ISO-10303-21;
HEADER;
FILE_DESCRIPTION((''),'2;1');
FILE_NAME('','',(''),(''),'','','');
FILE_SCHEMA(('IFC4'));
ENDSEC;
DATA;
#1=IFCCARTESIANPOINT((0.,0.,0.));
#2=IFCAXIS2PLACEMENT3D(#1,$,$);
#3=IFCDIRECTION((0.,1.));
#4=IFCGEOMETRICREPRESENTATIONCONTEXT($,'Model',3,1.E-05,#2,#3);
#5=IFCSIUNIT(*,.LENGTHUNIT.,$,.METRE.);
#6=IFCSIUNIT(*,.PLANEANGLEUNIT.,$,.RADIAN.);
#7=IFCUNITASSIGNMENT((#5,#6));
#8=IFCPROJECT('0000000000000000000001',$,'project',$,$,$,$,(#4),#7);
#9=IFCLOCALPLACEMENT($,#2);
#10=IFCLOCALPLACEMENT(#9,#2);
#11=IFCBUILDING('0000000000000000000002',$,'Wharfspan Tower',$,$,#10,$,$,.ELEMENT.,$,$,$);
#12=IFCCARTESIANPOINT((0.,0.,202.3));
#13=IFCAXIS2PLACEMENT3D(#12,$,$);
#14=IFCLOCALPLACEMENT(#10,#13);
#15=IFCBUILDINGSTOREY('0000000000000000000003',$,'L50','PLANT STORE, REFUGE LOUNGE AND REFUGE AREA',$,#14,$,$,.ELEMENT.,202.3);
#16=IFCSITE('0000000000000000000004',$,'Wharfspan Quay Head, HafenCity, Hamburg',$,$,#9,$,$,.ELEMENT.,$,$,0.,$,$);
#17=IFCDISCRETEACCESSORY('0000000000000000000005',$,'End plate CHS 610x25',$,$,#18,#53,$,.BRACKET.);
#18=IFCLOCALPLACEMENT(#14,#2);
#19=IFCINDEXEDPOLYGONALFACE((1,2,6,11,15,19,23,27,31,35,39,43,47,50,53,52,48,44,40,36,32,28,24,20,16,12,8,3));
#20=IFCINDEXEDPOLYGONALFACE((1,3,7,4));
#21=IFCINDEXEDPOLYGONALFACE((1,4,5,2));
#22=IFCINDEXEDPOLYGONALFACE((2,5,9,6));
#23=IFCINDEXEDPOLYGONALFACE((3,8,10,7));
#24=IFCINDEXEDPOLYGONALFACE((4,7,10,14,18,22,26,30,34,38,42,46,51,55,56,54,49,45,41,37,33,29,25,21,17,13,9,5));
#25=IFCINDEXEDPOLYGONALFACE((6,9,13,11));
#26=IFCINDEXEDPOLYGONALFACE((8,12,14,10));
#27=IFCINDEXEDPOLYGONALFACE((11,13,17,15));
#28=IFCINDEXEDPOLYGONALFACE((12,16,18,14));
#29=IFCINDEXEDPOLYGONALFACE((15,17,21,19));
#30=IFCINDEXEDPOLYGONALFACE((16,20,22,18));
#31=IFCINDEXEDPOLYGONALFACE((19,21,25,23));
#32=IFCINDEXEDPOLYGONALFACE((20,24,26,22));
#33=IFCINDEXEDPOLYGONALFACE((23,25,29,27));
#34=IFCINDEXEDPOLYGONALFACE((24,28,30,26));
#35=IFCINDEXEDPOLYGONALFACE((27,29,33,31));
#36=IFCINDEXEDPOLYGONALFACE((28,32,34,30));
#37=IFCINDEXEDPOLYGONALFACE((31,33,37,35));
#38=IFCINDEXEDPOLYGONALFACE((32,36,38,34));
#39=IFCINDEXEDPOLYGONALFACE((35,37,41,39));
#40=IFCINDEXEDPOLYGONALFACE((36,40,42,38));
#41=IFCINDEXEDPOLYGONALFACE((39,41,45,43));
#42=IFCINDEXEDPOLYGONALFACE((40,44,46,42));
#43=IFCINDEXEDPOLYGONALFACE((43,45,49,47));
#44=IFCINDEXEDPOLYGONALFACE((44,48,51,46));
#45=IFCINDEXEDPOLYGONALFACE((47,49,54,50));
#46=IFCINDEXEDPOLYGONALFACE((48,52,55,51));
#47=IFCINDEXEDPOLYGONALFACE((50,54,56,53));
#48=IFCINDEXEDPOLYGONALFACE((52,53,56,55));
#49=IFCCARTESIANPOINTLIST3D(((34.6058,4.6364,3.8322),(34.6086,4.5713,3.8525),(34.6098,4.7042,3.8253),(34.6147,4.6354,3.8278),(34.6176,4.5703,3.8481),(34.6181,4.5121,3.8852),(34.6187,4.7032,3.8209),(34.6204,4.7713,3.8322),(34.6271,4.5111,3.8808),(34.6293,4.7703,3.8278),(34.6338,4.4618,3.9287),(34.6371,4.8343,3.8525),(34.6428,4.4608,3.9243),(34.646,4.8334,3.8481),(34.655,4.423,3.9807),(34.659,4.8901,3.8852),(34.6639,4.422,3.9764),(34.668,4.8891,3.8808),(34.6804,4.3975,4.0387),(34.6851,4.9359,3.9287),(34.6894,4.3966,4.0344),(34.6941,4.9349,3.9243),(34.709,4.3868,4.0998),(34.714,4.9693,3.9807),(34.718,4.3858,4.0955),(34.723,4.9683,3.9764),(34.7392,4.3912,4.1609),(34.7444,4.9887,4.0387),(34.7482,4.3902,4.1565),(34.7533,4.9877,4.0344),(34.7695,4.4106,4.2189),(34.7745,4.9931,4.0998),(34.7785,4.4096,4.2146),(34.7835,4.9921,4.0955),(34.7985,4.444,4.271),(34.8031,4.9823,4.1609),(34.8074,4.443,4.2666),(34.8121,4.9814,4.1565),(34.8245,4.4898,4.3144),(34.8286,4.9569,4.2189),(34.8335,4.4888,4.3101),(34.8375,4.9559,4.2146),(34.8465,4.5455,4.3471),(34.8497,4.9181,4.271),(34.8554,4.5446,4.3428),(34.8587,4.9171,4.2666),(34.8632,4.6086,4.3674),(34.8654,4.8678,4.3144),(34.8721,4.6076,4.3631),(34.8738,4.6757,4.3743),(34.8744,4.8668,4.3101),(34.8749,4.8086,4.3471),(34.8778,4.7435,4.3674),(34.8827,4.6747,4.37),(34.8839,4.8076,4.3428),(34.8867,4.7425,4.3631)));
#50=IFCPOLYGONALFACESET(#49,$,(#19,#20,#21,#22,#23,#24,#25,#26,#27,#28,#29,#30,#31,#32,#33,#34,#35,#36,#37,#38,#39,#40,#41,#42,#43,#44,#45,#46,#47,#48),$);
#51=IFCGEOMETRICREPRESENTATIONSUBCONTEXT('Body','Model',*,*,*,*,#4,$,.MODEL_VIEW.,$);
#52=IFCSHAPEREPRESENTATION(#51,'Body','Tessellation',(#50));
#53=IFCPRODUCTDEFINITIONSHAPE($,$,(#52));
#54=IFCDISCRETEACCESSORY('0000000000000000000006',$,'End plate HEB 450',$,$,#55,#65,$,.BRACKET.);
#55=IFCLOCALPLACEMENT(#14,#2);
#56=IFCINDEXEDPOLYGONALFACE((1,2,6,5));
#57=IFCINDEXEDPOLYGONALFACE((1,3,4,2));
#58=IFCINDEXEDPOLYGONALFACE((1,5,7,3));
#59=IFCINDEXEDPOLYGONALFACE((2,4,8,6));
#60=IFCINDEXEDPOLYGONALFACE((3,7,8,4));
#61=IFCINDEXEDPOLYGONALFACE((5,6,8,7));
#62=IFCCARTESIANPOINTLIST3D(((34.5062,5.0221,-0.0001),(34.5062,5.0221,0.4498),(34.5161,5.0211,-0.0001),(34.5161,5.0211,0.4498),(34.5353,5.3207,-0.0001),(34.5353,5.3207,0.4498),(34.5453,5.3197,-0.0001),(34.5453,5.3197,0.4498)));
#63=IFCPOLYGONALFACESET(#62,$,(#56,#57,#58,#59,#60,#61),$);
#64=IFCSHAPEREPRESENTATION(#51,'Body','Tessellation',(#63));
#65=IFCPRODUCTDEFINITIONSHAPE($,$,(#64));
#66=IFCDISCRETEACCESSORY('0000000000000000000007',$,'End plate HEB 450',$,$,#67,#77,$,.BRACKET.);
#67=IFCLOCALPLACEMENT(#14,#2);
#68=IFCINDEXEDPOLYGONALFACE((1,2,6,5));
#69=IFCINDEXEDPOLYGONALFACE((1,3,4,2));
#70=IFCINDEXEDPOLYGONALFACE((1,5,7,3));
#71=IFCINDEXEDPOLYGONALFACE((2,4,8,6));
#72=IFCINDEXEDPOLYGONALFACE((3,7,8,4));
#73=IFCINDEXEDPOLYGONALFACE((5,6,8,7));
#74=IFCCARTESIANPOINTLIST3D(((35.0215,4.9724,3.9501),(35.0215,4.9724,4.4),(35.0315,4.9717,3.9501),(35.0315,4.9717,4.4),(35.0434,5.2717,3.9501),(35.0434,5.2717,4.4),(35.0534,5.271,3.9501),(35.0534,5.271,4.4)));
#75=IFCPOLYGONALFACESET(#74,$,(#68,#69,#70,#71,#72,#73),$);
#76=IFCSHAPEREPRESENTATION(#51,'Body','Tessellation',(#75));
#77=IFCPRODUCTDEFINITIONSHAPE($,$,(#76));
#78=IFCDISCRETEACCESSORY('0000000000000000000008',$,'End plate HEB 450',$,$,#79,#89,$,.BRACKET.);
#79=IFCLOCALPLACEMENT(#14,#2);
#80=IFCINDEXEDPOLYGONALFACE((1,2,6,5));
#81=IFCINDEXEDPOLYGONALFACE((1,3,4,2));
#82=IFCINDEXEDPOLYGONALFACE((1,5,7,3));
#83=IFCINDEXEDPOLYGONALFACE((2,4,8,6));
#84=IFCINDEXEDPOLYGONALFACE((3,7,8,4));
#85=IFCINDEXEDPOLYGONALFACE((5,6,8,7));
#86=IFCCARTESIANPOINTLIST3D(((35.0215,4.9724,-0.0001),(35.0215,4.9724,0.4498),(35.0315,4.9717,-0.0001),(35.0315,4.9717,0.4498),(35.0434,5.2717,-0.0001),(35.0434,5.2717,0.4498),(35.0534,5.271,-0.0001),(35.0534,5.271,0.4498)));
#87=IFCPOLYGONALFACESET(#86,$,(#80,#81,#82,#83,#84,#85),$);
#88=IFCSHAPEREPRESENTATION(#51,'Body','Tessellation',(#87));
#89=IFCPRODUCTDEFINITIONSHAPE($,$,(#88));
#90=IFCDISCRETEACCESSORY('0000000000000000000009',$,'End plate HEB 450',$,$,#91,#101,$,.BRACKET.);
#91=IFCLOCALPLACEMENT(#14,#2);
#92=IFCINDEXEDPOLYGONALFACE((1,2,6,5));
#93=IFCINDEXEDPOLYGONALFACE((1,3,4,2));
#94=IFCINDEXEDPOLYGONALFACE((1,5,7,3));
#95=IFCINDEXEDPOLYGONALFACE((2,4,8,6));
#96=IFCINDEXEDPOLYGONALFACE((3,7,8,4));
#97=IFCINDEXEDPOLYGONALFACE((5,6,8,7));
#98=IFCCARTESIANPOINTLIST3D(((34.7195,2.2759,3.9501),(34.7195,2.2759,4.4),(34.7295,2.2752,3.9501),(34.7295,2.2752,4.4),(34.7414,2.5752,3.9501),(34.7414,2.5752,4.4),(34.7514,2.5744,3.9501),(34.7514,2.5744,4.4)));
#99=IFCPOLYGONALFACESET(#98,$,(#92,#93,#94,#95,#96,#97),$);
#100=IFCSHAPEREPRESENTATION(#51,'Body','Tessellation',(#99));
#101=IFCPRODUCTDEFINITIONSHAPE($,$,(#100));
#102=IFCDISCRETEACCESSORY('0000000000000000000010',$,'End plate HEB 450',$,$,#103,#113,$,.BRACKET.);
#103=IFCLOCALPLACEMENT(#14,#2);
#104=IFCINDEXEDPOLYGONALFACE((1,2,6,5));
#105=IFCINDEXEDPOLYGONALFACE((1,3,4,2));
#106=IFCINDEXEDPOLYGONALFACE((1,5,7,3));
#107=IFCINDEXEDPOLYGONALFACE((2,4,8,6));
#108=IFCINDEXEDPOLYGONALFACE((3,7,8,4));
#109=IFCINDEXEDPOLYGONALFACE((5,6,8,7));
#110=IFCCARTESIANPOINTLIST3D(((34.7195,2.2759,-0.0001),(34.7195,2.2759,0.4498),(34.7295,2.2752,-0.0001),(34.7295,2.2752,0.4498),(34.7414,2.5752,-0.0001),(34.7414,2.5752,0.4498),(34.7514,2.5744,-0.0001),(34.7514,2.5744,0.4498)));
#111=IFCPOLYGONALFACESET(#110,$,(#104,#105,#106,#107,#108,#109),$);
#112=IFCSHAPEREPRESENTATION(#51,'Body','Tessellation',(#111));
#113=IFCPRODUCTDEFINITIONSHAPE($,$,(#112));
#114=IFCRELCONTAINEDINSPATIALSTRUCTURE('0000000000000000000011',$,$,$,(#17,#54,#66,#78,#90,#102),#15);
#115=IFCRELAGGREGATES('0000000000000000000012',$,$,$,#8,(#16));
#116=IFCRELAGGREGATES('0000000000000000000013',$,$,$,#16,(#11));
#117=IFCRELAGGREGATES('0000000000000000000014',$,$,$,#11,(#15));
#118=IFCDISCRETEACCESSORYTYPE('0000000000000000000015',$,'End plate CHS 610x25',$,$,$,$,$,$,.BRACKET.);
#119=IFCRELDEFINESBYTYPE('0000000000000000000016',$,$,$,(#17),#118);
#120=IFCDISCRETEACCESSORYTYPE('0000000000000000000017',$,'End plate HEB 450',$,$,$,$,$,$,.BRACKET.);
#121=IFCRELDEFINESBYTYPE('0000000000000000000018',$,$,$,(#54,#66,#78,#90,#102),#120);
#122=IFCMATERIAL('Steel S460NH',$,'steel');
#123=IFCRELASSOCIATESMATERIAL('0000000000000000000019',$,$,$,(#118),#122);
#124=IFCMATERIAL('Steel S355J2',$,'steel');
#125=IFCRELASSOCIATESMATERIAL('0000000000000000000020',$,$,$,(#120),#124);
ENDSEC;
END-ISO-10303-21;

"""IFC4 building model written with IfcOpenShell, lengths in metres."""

from ifc_helpers import new_model, si_unit, direction, frame, origin, origin_2d, place, context, subcontext, project, spatial, rectangle, circle, extrude, material, material_profile, profile_set, type_object, element, save


model = new_model("IFC4")

# Units and contexts
model_context = context("Model", 3, precision=1e-05, world=origin(), true_north=direction((0.0, 1.0)))
body_context = subcontext(model_context, "Body", "Model", "MODEL_VIEW")
ifc_project = project(units=[si_unit("LENGTHUNIT", "METRE"), si_unit("PLANEANGLEUNIT", "RADIAN")], contexts=[model_context])

# Site, building, storey
site_placement = place(None, origin())
site = spatial("IfcSite", under=ifc_project, at=site_placement, Name="Wharfspan Quay Head, HafenCity, Hamburg", CompositionType="ELEMENT", RefElevation=0.0)
building_placement = place(site_placement, origin())
building = spatial("IfcBuilding", under=site, at=building_placement, Name="Wharfspan Tower", CompositionType="ELEMENT")
storey_placement = place(building_placement, frame((0.0, 0.0, 202.3)))
storey = spatial("IfcBuildingStorey", under=building, at=storey_placement, Name="L50", Description="PLANT STORE, REFUGE LOUNGE AND REFUGE AREA", CompositionType="ELEMENT", Elevation=202.3)

# Shared definitions
ifc_material_1 = material(Name="Steel S355J2", Category="steel")

# Shared definitions
ifc_material_2 = material(Name="Steel S460NH", Category="steel")

# Discrete accessories
ifc_material_profile_1 = material_profile(ifc_material_2, circle(Radius=0.3049, at=origin_2d()))
ifc_profile_set_1 = profile_set([ifc_material_profile_1], Name="Steel S460NH")
discrete_accessory_type_1 = type_object("IfcDiscreteAccessoryType", Name="End plate CHS 610x25", PredefinedType="BRACKET", material=ifc_profile_set_1)
discrete_accessory_placement = place(storey_placement, frame((34.7507, 4.689, 4.0955), z_axis=(-0.895016, 0.096758, 0.435413), x_axis=(-0.107482, -0.994209, -0.000001)))
element("IfcDiscreteAccessory", 1, at=discrete_accessory_placement, inside=storey, type_object=discrete_accessory_type_1, Name="End plate CHS 610x25", PredefinedType="BRACKET", context=body_context, shape_type="SweptSolid", body=[
    extrude(circle(Radius=0.3049, at=origin_2d()), origin(), (0.0, 0.0, 1.0), 0.01),
])
ifc_material_profile_2 = material_profile(ifc_material_1, rectangle(XDim=0.3, YDim=0.45, at=origin_2d()))
ifc_profile_set_2 = profile_set([ifc_material_profile_2], Name="Steel S355J2")
discrete_accessory_type_2 = type_object("IfcDiscreteAccessoryType", Name="End plate HEB 450", PredefinedType="BRACKET", material=ifc_profile_set_2)
for number, where, z_axis, x_axis, name in (
    (2, (34.5208, 5.1714, 0.2249), (0.995275, -0.0971, 0.0), (0.0971, 0.995275, 0.0), "End plate HEB 450"),
    (3, (35.0325, 5.1221, 4.175), (0.997334, -0.072976, 0.0), (0.072976, 0.997334, 0.0), "End plate HEB 450"),
    (4, (35.0325, 5.1221, 0.2249), (0.997334, -0.072976, 0.0), (0.072976, 0.997334, 0.0), "End plate HEB 450"),
    (5, (34.7305, 2.4255, 4.175), (0.997334, -0.072976, 0.0), (0.072976, 0.997334, 0.0), "End plate HEB 450"),
    (6, (34.7305, 2.4255, 0.2249), (0.997334, -0.072976, 0.0), (0.072976, 0.997334, 0.0), "End plate HEB 450"),
):
    element("IfcDiscreteAccessory", number, at=place(storey_placement, frame(where, z_axis=z_axis, x_axis=x_axis)), inside=storey, type_object=discrete_accessory_type_2, Name=name, PredefinedType="BRACKET", context=body_context, shape_type="SweptSolid", body=[
        extrude(rectangle(XDim=0.3, YDim=0.45, at=origin_2d()), origin(), (0.0, 0.0, 1.0), 0.01),
    ])

save(model, "model.ifc")
